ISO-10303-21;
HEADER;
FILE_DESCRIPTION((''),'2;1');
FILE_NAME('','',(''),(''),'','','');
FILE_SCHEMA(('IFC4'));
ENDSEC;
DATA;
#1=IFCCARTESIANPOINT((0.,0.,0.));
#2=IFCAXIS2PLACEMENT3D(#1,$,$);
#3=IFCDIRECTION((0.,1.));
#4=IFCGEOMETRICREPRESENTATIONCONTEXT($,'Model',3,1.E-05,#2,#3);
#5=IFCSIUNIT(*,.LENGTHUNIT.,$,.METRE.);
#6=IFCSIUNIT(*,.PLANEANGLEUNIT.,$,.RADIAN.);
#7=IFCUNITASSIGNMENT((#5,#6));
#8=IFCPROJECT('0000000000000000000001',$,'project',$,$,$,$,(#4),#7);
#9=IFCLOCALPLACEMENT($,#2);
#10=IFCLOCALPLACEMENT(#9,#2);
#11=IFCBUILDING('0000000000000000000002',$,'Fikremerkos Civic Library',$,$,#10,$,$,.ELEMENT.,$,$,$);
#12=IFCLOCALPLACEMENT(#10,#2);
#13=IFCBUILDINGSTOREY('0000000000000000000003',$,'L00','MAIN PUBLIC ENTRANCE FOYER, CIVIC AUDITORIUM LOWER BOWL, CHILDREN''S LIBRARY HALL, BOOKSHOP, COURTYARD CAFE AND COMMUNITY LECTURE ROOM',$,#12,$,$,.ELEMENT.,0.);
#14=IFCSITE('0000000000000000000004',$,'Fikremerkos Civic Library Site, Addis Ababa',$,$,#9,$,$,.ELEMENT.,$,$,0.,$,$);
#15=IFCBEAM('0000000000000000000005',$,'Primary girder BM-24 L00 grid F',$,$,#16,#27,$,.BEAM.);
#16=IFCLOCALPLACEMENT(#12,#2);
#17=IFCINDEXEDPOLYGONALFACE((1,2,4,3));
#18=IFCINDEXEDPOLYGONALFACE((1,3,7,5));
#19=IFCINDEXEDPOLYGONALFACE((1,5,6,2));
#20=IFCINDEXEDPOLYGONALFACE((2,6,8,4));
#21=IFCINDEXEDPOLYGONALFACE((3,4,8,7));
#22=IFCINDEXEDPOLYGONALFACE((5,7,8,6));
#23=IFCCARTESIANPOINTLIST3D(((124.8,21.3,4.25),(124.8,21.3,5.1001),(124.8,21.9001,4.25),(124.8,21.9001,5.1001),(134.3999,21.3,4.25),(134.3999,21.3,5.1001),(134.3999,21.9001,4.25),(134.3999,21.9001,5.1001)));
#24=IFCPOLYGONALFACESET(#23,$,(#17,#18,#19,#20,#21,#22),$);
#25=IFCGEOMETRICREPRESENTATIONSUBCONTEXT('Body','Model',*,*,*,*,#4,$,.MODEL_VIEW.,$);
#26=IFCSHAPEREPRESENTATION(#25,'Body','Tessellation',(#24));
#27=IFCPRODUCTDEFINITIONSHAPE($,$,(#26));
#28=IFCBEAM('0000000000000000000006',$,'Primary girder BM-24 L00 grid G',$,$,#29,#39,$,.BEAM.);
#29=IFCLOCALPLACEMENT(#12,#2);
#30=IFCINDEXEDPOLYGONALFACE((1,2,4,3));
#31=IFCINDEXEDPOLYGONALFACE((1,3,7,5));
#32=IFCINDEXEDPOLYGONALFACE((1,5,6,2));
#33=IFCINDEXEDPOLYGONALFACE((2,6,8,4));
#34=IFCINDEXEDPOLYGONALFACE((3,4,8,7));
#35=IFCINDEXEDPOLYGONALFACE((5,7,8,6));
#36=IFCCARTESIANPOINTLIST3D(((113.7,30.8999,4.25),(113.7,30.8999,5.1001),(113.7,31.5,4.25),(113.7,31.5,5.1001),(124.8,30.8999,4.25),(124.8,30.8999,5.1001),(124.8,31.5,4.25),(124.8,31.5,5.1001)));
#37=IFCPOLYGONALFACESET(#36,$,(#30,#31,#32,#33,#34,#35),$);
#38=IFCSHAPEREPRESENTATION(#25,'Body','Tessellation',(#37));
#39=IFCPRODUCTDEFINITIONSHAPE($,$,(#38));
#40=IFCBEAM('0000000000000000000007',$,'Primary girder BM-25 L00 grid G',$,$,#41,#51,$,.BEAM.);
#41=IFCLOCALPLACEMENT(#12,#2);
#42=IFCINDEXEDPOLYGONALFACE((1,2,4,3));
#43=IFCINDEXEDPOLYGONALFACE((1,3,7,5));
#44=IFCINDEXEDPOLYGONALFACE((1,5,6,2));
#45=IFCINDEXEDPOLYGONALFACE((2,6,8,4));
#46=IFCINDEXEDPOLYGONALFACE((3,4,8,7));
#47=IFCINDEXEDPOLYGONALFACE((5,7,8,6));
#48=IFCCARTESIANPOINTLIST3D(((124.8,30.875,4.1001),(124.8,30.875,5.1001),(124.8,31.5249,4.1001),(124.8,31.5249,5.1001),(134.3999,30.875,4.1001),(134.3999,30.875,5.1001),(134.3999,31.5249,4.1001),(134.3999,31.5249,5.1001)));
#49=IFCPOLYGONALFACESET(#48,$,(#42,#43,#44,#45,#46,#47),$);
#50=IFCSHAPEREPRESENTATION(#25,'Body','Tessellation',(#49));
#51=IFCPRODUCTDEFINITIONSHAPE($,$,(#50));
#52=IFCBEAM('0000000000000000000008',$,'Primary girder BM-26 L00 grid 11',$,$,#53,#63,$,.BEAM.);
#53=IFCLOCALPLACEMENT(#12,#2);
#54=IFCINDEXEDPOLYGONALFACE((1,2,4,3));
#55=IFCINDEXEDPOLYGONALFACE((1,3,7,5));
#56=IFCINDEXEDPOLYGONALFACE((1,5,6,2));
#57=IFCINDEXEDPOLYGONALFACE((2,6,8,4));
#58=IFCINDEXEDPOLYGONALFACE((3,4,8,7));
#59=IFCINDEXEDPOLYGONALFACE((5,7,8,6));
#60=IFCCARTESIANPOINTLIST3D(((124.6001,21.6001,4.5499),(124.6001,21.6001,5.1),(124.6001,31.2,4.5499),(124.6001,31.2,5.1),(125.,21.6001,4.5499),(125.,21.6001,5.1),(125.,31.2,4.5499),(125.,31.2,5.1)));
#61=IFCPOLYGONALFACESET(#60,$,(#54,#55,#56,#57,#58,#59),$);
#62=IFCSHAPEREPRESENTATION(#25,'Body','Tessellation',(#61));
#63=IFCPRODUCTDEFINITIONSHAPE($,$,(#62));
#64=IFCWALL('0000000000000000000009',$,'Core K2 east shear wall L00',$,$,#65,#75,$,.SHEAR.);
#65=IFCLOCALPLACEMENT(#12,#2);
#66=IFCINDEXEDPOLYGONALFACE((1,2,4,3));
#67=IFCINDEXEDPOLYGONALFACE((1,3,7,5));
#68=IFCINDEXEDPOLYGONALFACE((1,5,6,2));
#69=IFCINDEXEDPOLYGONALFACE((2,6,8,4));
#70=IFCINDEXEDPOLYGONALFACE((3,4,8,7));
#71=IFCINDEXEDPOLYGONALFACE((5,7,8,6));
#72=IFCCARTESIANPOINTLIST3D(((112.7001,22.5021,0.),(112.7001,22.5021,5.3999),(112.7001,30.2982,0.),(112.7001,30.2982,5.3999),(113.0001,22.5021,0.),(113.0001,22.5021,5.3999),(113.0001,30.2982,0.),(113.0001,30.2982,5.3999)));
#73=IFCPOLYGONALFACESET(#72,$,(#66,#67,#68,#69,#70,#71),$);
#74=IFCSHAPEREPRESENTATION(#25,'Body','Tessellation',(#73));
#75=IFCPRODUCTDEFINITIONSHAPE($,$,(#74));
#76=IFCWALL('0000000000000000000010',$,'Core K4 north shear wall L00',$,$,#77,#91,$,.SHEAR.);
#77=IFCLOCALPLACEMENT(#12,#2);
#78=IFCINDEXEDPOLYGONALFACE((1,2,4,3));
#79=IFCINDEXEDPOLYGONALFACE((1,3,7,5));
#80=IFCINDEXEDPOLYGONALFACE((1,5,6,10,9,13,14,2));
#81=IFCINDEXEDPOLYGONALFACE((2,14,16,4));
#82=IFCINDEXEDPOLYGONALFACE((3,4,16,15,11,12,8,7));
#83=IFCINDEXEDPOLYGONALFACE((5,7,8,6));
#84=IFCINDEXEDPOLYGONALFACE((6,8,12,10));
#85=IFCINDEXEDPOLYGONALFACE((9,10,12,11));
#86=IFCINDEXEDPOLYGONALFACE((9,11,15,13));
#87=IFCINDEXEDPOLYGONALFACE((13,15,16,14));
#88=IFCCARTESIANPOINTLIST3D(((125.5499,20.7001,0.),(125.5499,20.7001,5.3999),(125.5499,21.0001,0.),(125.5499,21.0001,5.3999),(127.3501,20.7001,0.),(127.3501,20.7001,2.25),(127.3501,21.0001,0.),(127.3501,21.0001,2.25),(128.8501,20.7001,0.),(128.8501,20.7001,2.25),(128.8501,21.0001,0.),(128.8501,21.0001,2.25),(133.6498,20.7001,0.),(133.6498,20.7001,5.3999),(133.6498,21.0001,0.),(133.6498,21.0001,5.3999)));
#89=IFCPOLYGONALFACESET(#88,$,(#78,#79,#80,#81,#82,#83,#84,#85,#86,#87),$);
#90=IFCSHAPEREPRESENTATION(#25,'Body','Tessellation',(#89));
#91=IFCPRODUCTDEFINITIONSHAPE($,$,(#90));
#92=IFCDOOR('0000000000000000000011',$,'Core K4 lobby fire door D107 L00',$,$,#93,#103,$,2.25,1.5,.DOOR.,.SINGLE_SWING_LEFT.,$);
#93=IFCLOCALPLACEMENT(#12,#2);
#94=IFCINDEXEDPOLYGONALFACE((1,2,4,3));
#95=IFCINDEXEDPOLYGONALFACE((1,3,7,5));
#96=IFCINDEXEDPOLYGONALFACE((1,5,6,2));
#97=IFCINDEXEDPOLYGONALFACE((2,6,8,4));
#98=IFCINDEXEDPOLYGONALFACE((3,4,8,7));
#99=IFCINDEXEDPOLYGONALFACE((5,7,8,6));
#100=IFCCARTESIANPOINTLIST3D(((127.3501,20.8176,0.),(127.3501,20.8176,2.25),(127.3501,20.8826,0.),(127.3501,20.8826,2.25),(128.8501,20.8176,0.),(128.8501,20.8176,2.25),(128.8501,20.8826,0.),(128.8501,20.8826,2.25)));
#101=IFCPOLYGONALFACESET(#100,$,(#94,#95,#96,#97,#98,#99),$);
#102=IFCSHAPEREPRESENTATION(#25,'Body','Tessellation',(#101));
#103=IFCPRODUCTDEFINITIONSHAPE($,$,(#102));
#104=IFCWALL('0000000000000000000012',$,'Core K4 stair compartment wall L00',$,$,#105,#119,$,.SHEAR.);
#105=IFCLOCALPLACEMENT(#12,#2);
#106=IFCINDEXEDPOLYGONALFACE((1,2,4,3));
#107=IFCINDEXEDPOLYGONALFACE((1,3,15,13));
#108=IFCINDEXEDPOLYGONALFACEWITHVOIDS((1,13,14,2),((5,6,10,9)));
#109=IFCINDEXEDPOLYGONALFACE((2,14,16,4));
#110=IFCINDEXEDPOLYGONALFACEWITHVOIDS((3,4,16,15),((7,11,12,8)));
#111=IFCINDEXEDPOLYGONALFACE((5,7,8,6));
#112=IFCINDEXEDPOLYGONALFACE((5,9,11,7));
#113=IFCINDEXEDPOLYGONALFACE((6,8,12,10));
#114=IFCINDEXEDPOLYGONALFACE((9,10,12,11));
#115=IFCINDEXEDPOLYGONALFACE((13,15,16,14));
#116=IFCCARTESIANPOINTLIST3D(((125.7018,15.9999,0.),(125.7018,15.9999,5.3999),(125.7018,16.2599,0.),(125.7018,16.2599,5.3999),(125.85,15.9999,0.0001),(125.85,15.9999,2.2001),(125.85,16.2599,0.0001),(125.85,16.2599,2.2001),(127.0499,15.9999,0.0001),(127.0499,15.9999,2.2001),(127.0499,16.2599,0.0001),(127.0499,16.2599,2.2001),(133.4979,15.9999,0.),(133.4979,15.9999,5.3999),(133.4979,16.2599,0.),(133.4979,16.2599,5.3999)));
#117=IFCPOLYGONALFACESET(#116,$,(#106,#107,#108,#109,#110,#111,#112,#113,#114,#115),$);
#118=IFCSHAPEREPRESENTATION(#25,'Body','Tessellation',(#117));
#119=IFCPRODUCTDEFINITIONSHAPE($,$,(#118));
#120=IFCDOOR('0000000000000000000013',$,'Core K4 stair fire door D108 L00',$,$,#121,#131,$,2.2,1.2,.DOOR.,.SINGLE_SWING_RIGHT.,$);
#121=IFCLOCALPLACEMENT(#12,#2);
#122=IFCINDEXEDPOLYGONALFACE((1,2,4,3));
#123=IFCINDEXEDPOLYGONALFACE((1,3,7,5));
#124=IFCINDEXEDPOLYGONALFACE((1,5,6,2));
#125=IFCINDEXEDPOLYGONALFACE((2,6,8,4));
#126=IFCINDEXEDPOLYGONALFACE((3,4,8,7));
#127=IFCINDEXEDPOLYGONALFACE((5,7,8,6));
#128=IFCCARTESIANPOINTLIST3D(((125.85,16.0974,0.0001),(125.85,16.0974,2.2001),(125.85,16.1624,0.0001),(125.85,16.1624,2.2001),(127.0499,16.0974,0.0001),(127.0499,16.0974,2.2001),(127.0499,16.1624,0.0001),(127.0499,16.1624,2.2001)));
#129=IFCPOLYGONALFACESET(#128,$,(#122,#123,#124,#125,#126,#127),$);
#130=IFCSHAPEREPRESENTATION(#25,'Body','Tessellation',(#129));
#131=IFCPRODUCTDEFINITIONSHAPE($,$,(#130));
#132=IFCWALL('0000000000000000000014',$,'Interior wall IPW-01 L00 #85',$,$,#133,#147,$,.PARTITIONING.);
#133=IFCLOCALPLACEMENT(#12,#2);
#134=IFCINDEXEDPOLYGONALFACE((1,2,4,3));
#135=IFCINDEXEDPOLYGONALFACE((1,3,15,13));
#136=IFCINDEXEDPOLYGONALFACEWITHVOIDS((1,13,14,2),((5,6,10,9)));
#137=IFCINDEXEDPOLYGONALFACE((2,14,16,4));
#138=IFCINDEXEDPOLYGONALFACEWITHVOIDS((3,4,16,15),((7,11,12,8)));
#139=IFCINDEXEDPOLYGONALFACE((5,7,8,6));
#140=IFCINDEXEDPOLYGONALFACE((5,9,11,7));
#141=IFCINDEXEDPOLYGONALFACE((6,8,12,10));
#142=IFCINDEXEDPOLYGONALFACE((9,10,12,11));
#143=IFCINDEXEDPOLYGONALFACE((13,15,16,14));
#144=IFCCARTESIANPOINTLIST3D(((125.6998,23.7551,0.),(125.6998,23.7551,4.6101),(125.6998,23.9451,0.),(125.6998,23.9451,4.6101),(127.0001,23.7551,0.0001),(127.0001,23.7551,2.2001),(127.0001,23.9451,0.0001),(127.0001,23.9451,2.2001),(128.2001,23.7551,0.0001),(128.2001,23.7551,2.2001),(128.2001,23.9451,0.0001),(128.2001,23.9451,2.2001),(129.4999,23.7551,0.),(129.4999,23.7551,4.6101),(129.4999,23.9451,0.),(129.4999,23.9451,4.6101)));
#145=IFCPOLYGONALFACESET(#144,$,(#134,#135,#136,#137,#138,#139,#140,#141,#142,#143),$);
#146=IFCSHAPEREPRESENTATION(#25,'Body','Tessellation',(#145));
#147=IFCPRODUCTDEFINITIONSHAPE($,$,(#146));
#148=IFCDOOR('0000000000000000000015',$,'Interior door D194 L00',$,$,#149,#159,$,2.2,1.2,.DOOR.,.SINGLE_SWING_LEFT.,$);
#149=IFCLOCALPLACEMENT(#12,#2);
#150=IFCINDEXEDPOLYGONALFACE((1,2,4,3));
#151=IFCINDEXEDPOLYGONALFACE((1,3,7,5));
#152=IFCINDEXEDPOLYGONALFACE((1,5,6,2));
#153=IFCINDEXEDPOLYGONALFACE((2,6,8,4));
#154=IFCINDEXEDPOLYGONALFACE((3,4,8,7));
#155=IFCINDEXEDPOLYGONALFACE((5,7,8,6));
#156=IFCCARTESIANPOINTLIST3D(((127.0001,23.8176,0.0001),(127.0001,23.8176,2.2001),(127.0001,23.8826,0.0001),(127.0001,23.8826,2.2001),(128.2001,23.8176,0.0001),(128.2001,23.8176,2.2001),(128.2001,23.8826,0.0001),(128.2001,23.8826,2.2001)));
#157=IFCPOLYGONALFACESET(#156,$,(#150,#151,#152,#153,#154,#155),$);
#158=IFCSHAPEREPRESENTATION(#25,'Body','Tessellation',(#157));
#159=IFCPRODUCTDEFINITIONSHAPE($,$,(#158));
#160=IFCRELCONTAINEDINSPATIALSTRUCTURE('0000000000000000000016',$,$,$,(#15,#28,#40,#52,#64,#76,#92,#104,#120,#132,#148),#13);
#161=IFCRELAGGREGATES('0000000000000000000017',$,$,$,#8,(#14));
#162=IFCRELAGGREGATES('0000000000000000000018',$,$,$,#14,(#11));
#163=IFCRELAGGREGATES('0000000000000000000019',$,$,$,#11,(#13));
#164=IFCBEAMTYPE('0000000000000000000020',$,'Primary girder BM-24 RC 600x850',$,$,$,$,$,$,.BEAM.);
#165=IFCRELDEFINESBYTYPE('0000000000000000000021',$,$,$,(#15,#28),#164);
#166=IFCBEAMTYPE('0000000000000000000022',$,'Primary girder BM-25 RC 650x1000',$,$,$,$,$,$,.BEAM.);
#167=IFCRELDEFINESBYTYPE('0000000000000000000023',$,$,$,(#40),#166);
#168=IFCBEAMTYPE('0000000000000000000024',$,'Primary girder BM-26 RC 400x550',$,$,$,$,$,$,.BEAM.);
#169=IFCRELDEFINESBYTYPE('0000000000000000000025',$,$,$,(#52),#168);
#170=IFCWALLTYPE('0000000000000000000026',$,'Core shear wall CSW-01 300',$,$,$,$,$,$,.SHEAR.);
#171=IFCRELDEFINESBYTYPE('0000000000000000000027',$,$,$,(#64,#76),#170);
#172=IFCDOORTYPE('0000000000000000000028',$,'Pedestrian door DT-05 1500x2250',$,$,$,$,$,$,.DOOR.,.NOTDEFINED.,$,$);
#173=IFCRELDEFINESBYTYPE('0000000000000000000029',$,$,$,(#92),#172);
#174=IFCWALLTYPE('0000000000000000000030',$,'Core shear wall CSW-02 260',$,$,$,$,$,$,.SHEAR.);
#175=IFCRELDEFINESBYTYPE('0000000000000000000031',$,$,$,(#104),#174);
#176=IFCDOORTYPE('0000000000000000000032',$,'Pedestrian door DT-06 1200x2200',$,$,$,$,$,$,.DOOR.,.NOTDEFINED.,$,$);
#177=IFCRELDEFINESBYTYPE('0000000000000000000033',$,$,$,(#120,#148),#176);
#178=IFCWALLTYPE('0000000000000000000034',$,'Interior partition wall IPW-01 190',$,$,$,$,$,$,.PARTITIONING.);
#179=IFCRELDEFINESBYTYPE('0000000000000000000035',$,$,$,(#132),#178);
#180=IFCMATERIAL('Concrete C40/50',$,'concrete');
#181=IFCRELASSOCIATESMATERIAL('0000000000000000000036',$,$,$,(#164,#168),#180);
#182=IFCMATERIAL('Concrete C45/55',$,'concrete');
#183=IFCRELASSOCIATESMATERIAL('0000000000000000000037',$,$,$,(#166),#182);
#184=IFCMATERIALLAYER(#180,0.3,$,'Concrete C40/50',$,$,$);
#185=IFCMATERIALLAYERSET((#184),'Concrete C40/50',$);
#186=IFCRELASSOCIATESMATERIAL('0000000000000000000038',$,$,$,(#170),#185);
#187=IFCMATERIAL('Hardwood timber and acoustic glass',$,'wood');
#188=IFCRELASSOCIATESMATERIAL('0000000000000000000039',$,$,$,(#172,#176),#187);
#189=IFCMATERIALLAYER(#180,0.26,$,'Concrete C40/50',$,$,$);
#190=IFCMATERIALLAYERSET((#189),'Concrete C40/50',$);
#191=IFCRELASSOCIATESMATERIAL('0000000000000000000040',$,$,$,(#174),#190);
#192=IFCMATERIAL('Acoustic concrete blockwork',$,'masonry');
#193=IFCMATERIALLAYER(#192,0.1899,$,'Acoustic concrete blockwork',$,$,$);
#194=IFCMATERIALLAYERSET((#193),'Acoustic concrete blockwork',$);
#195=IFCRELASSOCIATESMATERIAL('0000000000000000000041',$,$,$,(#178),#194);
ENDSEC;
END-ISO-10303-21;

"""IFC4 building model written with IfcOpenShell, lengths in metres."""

from ifc_helpers import new_model, si_unit, direction, frame, frame_2d, origin, origin_2d, place, context, subcontext, project, spatial, rectangle, extrude, material, layer, layer_set, material_profile, profile_set, type_object, element, fill, save


model = new_model("IFC4")

# Units and contexts
model_context = context("Model", 3, precision=1e-05, world=origin(), true_north=direction((0.0, 1.0)))
body_context = subcontext(model_context, "Body", "Model", "MODEL_VIEW")
ifc_project = project(units=[si_unit("LENGTHUNIT", "METRE"), si_unit("PLANEANGLEUNIT", "RADIAN")], contexts=[model_context])

# Site, building, storey
site_placement = place(None, origin())
site = spatial("IfcSite", under=ifc_project, at=site_placement, Name="Fikremerkos Civic Library Site, Addis Ababa", CompositionType="ELEMENT", RefElevation=0.0)
building_placement = place(site_placement, origin())
building = spatial("IfcBuilding", under=site, at=building_placement, Name="Fikremerkos Civic Library", CompositionType="ELEMENT")
storey_placement = place(building_placement, origin())
storey = spatial("IfcBuildingStorey", under=building, at=storey_placement, Name="L00", Description="MAIN PUBLIC ENTRANCE FOYER, CIVIC AUDITORIUM LOWER BOWL, CHILDREN'S LIBRARY HALL, BOOKSHOP, COURTYARD CAFE AND COMMUNITY LECTURE ROOM", CompositionType="ELEMENT", Elevation=0.0)

# Shared definitions
ifc_material_1 = material(Name="Concrete C40/50", Category="concrete")

# Beams
ifc_material_profile_1 = material_profile(ifc_material_1, rectangle(XDim=0.6001, YDim=0.8501, at=origin_2d()), Name="RC 600x850")
ifc_profile_set_1 = profile_set([ifc_material_profile_1], Name="Concrete C40/50")
beam_type_1 = type_object("IfcBeamType", Name="Primary girder BM-24 RC 600x850", PredefinedType="BEAM", material=ifc_profile_set_1)
beam_1_placement = place(storey_placement, frame((124.8, 21.6001, 4.675), z_axis=(1.0, 0.0, 0.0), x_axis=(0.0, 1.0, 0.0)))
element("IfcBeam", 1, at=beam_1_placement, inside=storey, type_object=beam_type_1, Name="Primary girder BM-24 L00 grid F", PredefinedType="BEAM", context=body_context, shape_type="SweptSolid", body=[
    extrude(rectangle(XDim=0.6001, YDim=0.8501, at=origin_2d()), origin(), (0.0, 0.0, 1.0), 9.5999),
])
beam_2_placement = place(storey_placement, frame((113.7, 31.2, 4.675), z_axis=(1.0, 0.0, 0.0), x_axis=(0.0, 1.0, 0.0)))
element("IfcBeam", 2, at=beam_2_placement, inside=storey, type_object=beam_type_1, Name="Primary girder BM-24 L00 grid G", PredefinedType="BEAM", context=body_context, shape_type="SweptSolid", body=[
    extrude(rectangle(XDim=0.6001, YDim=0.8501, at=origin_2d()), origin(), (0.0, 0.0, 1.0), 11.1001),
])
ifc_material_2 = material(Name="Concrete C45/55", Category="concrete")
ifc_material_profile_2 = material_profile(ifc_material_2, rectangle(XDim=0.6499, YDim=1.0, at=origin_2d()), Name="RC 650x1000")
ifc_profile_set_2 = profile_set([ifc_material_profile_2], Name="Concrete C45/55")
beam_type_2 = type_object("IfcBeamType", Name="Primary girder BM-25 RC 650x1000", PredefinedType="BEAM", material=ifc_profile_set_2)
beam_3_placement = place(storey_placement, frame((124.8, 31.2, 4.6001), z_axis=(1.0, 0.0, 0.0), x_axis=(0.0, 1.0, 0.0)))
element("IfcBeam", 3, at=beam_3_placement, inside=storey, type_object=beam_type_2, Name="Primary girder BM-25 L00 grid G", PredefinedType="BEAM", context=body_context, shape_type="SweptSolid", body=[
    extrude(rectangle(XDim=0.6499, YDim=1.0, at=origin_2d()), origin(), (0.0, 0.0, 1.0), 9.5999),
])
ifc_material_profile_3 = material_profile(ifc_material_1, rectangle(XDim=0.3999, YDim=0.55, at=origin_2d()), Name="RC 400x550")
ifc_profile_set_3 = profile_set([ifc_material_profile_3], Name="Concrete C40/50")
beam_type_3 = type_object("IfcBeamType", Name="Primary girder BM-26 RC 400x550", PredefinedType="BEAM", material=ifc_profile_set_3)
beam_4_placement = place(storey_placement, frame((124.8, 21.6001, 4.825), z_axis=(0.0, 1.0, 0.0), x_axis=(-1.0, 0.0, 0.0)))
element("IfcBeam", 4, at=beam_4_placement, inside=storey, type_object=beam_type_3, Name="Primary girder BM-26 L00 grid 11", PredefinedType="BEAM", context=body_context, shape_type="SweptSolid", body=[
    extrude(rectangle(XDim=0.3999, YDim=0.55, at=origin_2d()), origin(), (0.0, 0.0, 1.0), 9.5999),
])

# Wall
ifc_layer_1 = layer(ifc_material_1, 0.3, Name="Concrete C40/50")
ifc_layer_set_1 = layer_set([ifc_layer_1], Name="Concrete C40/50")
wall_type_1 = type_object("IfcWallType", Name="Core shear wall CSW-01 300", PredefinedType="SHEAR", material=ifc_layer_set_1)
wall_1_placement = place(storey_placement, frame((112.8501, 30.2981, 0.0), z_axis=(0.0, 0.0, 1.0), x_axis=(0.0, -1.0, 0.0)))
element("IfcWall", 5, at=wall_1_placement, inside=storey, type_object=wall_type_1, Name="Core K2 east shear wall L00", PredefinedType="SHEAR", context=body_context, shape_type="SweptSolid", body=[
    extrude(rectangle(XDim=7.7961, YDim=0.3, at=frame_2d((3.8979, 0.0))), origin(), (0.0, 0.0, 1.0), 5.3999),
])

# Walls, openings, doors
wall_2_placement = place(storey_placement, frame((125.55, 20.8501, 0.0), z_axis=(0.0, 0.0, 1.0), x_axis=(1.0, 0.0, 0.0)))
wall_2 = element("IfcWall", 6, at=wall_2_placement, inside=storey, type_object=wall_type_1, Name="Core K4 north shear wall L00", PredefinedType="SHEAR", context=body_context, shape_type="SweptSolid", body=[
    extrude(rectangle(XDim=8.0999, YDim=0.3, at=frame_2d((4.0498, 0.0))), origin(), (0.0, 0.0, 1.0), 5.3999),
])
opening_1_placement = place(wall_2_placement, frame((1.8, 0.0, 0.0)))
opening_1 = element("IfcOpeningElement", 7, at=opening_1_placement, cuts=wall_2, PredefinedType="OPENING", context=body_context, shape_type="SweptSolid", body=[
    extrude(rectangle(XDim=1.5, YDim=2.25, at=frame_2d((0.75, 1.125))), frame((0.0, 0.1599, 0.0), z_axis=(0.0, -1.0, 0.0), x_axis=(1.0, 0.0, 0.0)), (0.0, 0.0, 1.0), 0.3201),
])
ifc_material_3 = material(Name="Hardwood timber and acoustic glass", Category="wood")
door_type_1 = type_object("IfcDoorType", Name="Pedestrian door DT-05 1500x2250", OperationType="NOTDEFINED", PredefinedType="DOOR", material=ifc_material_3)
door_1_placement = place(opening_1_placement, origin())
door_1 = element("IfcDoor", 8, at=door_1_placement, inside=storey, type_object=door_type_1, Name="Core K4 lobby fire door D107 L00", OperationType="SINGLE_SWING_LEFT", OverallHeight=2.25, OverallWidth=1.5, PredefinedType="DOOR", context=body_context, shape_type="SweptSolid", body=[
    extrude(rectangle(XDim=1.5, YDim=2.25, at=frame_2d((0.75, 1.125))), frame((0.0, 0.0325, 0.0), z_axis=(0.0, -1.0, 0.0), x_axis=(1.0, 0.0, 0.0)), (0.0, 0.0, 1.0), 0.0649),
])
fill(opening_1, door_1)
ifc_layer_2 = layer(ifc_material_1, 0.26, Name="Concrete C40/50")
ifc_layer_set_2 = layer_set([ifc_layer_2], Name="Concrete C40/50")
wall_type_2 = type_object("IfcWallType", Name="Core shear wall CSW-02 260", PredefinedType="SHEAR", material=ifc_layer_set_2)
wall_3_placement = place(storey_placement, frame((125.7019, 16.1299, 0.0), z_axis=(0.0, 0.0, 1.0), x_axis=(1.0, 0.0, 0.0)))
wall_3 = element("IfcWall", 9, at=wall_3_placement, inside=storey, type_object=wall_type_2, Name="Core K4 stair compartment wall L00", PredefinedType="SHEAR", context=body_context, shape_type="SweptSolid", body=[
    extrude(rectangle(XDim=7.7961, YDim=0.26, at=frame_2d((3.8979, 0.0))), origin(), (0.0, 0.0, 1.0), 5.3999),
])
opening_2_placement = place(wall_3_placement, frame((0.1479, 0.0, 0.0)))
opening_2 = element("IfcOpeningElement", 10, at=opening_2_placement, cuts=wall_3, PredefinedType="OPENING", context=body_context, shape_type="SweptSolid", body=[
    extrude(rectangle(XDim=1.2, YDim=2.2, at=frame_2d((0.6001, 1.1001))), frame((0.0, 0.1399, 0.0), z_axis=(0.0, -1.0, 0.0), x_axis=(1.0, 0.0, 0.0)), (0.0, 0.0, 1.0), 0.28),
])
door_type_2 = type_object("IfcDoorType", Name="Pedestrian door DT-06 1200x2200", OperationType="NOTDEFINED", PredefinedType="DOOR", material=ifc_material_3)
door_2_placement = place(opening_2_placement, origin())
door_2 = element("IfcDoor", 11, at=door_2_placement, inside=storey, type_object=door_type_2, Name="Core K4 stair fire door D108 L00", OperationType="SINGLE_SWING_RIGHT", OverallHeight=2.2, OverallWidth=1.2, PredefinedType="DOOR", context=body_context, shape_type="SweptSolid", body=[
    extrude(rectangle(XDim=1.2, YDim=2.2, at=frame_2d((0.6001, 1.1001))), frame((0.0, 0.0325, 0.0), z_axis=(0.0, -1.0, 0.0), x_axis=(1.0, 0.0, 0.0)), (0.0, 0.0, 1.0), 0.0649),
])
fill(opening_2, door_2)
ifc_material_4 = material(Name="Acoustic concrete blockwork", Category="masonry")
ifc_layer_3 = layer(ifc_material_4, 0.1899, Name="Acoustic concrete blockwork")
ifc_layer_set_3 = layer_set([ifc_layer_3], Name="Acoustic concrete blockwork")
wall_type_3 = type_object("IfcWallType", Name="Interior partition wall IPW-01 190", PredefinedType="PARTITIONING", material=ifc_layer_set_3)
wall_4_placement = place(storey_placement, frame((125.7, 23.8501, 0.0), z_axis=(0.0, 0.0, 1.0), x_axis=(1.0, 0.0, 0.0)))
wall_4 = element("IfcWall", 12, at=wall_4_placement, inside=storey, type_object=wall_type_3, Name="Interior wall IPW-01 L00 #85", PredefinedType="PARTITIONING", context=body_context, shape_type="SweptSolid", body=[
    extrude(rectangle(XDim=3.8, YDim=0.1899, at=frame_2d((1.8999, 0.0))), origin(), (0.0, 0.0, 1.0), 4.6101),
])
opening_3_placement = place(wall_4_placement, frame((1.3, 0.0, 0.0)))
opening_3 = element("IfcOpeningElement", 13, at=opening_3_placement, cuts=wall_4, PredefinedType="OPENING", context=body_context, shape_type="SweptSolid", body=[
    extrude(rectangle(XDim=1.2, YDim=2.2, at=frame_2d((0.6001, 1.1001))), frame((0.0, 0.105, 0.0), z_axis=(0.0, -1.0, 0.0), x_axis=(1.0, 0.0, 0.0)), (0.0, 0.0, 1.0), 0.21),
])
door_3_placement = place(opening_3_placement, origin())
door_3 = element("IfcDoor", 14, at=door_3_placement, inside=storey, type_object=door_type_2, Name="Interior door D194 L00", OperationType="SINGLE_SWING_LEFT", OverallHeight=2.2, OverallWidth=1.2, PredefinedType="DOOR", context=body_context, shape_type="SweptSolid", body=[
    extrude(rectangle(XDim=1.2, YDim=2.2, at=frame_2d((0.6001, 1.1001))), frame((0.0, 0.0325, 0.0), z_axis=(0.0, -1.0, 0.0), x_axis=(1.0, 0.0, 0.0)), (0.0, 0.0, 1.0), 0.0649),
])
fill(opening_3, door_3)

save(model, "model.ifc")
